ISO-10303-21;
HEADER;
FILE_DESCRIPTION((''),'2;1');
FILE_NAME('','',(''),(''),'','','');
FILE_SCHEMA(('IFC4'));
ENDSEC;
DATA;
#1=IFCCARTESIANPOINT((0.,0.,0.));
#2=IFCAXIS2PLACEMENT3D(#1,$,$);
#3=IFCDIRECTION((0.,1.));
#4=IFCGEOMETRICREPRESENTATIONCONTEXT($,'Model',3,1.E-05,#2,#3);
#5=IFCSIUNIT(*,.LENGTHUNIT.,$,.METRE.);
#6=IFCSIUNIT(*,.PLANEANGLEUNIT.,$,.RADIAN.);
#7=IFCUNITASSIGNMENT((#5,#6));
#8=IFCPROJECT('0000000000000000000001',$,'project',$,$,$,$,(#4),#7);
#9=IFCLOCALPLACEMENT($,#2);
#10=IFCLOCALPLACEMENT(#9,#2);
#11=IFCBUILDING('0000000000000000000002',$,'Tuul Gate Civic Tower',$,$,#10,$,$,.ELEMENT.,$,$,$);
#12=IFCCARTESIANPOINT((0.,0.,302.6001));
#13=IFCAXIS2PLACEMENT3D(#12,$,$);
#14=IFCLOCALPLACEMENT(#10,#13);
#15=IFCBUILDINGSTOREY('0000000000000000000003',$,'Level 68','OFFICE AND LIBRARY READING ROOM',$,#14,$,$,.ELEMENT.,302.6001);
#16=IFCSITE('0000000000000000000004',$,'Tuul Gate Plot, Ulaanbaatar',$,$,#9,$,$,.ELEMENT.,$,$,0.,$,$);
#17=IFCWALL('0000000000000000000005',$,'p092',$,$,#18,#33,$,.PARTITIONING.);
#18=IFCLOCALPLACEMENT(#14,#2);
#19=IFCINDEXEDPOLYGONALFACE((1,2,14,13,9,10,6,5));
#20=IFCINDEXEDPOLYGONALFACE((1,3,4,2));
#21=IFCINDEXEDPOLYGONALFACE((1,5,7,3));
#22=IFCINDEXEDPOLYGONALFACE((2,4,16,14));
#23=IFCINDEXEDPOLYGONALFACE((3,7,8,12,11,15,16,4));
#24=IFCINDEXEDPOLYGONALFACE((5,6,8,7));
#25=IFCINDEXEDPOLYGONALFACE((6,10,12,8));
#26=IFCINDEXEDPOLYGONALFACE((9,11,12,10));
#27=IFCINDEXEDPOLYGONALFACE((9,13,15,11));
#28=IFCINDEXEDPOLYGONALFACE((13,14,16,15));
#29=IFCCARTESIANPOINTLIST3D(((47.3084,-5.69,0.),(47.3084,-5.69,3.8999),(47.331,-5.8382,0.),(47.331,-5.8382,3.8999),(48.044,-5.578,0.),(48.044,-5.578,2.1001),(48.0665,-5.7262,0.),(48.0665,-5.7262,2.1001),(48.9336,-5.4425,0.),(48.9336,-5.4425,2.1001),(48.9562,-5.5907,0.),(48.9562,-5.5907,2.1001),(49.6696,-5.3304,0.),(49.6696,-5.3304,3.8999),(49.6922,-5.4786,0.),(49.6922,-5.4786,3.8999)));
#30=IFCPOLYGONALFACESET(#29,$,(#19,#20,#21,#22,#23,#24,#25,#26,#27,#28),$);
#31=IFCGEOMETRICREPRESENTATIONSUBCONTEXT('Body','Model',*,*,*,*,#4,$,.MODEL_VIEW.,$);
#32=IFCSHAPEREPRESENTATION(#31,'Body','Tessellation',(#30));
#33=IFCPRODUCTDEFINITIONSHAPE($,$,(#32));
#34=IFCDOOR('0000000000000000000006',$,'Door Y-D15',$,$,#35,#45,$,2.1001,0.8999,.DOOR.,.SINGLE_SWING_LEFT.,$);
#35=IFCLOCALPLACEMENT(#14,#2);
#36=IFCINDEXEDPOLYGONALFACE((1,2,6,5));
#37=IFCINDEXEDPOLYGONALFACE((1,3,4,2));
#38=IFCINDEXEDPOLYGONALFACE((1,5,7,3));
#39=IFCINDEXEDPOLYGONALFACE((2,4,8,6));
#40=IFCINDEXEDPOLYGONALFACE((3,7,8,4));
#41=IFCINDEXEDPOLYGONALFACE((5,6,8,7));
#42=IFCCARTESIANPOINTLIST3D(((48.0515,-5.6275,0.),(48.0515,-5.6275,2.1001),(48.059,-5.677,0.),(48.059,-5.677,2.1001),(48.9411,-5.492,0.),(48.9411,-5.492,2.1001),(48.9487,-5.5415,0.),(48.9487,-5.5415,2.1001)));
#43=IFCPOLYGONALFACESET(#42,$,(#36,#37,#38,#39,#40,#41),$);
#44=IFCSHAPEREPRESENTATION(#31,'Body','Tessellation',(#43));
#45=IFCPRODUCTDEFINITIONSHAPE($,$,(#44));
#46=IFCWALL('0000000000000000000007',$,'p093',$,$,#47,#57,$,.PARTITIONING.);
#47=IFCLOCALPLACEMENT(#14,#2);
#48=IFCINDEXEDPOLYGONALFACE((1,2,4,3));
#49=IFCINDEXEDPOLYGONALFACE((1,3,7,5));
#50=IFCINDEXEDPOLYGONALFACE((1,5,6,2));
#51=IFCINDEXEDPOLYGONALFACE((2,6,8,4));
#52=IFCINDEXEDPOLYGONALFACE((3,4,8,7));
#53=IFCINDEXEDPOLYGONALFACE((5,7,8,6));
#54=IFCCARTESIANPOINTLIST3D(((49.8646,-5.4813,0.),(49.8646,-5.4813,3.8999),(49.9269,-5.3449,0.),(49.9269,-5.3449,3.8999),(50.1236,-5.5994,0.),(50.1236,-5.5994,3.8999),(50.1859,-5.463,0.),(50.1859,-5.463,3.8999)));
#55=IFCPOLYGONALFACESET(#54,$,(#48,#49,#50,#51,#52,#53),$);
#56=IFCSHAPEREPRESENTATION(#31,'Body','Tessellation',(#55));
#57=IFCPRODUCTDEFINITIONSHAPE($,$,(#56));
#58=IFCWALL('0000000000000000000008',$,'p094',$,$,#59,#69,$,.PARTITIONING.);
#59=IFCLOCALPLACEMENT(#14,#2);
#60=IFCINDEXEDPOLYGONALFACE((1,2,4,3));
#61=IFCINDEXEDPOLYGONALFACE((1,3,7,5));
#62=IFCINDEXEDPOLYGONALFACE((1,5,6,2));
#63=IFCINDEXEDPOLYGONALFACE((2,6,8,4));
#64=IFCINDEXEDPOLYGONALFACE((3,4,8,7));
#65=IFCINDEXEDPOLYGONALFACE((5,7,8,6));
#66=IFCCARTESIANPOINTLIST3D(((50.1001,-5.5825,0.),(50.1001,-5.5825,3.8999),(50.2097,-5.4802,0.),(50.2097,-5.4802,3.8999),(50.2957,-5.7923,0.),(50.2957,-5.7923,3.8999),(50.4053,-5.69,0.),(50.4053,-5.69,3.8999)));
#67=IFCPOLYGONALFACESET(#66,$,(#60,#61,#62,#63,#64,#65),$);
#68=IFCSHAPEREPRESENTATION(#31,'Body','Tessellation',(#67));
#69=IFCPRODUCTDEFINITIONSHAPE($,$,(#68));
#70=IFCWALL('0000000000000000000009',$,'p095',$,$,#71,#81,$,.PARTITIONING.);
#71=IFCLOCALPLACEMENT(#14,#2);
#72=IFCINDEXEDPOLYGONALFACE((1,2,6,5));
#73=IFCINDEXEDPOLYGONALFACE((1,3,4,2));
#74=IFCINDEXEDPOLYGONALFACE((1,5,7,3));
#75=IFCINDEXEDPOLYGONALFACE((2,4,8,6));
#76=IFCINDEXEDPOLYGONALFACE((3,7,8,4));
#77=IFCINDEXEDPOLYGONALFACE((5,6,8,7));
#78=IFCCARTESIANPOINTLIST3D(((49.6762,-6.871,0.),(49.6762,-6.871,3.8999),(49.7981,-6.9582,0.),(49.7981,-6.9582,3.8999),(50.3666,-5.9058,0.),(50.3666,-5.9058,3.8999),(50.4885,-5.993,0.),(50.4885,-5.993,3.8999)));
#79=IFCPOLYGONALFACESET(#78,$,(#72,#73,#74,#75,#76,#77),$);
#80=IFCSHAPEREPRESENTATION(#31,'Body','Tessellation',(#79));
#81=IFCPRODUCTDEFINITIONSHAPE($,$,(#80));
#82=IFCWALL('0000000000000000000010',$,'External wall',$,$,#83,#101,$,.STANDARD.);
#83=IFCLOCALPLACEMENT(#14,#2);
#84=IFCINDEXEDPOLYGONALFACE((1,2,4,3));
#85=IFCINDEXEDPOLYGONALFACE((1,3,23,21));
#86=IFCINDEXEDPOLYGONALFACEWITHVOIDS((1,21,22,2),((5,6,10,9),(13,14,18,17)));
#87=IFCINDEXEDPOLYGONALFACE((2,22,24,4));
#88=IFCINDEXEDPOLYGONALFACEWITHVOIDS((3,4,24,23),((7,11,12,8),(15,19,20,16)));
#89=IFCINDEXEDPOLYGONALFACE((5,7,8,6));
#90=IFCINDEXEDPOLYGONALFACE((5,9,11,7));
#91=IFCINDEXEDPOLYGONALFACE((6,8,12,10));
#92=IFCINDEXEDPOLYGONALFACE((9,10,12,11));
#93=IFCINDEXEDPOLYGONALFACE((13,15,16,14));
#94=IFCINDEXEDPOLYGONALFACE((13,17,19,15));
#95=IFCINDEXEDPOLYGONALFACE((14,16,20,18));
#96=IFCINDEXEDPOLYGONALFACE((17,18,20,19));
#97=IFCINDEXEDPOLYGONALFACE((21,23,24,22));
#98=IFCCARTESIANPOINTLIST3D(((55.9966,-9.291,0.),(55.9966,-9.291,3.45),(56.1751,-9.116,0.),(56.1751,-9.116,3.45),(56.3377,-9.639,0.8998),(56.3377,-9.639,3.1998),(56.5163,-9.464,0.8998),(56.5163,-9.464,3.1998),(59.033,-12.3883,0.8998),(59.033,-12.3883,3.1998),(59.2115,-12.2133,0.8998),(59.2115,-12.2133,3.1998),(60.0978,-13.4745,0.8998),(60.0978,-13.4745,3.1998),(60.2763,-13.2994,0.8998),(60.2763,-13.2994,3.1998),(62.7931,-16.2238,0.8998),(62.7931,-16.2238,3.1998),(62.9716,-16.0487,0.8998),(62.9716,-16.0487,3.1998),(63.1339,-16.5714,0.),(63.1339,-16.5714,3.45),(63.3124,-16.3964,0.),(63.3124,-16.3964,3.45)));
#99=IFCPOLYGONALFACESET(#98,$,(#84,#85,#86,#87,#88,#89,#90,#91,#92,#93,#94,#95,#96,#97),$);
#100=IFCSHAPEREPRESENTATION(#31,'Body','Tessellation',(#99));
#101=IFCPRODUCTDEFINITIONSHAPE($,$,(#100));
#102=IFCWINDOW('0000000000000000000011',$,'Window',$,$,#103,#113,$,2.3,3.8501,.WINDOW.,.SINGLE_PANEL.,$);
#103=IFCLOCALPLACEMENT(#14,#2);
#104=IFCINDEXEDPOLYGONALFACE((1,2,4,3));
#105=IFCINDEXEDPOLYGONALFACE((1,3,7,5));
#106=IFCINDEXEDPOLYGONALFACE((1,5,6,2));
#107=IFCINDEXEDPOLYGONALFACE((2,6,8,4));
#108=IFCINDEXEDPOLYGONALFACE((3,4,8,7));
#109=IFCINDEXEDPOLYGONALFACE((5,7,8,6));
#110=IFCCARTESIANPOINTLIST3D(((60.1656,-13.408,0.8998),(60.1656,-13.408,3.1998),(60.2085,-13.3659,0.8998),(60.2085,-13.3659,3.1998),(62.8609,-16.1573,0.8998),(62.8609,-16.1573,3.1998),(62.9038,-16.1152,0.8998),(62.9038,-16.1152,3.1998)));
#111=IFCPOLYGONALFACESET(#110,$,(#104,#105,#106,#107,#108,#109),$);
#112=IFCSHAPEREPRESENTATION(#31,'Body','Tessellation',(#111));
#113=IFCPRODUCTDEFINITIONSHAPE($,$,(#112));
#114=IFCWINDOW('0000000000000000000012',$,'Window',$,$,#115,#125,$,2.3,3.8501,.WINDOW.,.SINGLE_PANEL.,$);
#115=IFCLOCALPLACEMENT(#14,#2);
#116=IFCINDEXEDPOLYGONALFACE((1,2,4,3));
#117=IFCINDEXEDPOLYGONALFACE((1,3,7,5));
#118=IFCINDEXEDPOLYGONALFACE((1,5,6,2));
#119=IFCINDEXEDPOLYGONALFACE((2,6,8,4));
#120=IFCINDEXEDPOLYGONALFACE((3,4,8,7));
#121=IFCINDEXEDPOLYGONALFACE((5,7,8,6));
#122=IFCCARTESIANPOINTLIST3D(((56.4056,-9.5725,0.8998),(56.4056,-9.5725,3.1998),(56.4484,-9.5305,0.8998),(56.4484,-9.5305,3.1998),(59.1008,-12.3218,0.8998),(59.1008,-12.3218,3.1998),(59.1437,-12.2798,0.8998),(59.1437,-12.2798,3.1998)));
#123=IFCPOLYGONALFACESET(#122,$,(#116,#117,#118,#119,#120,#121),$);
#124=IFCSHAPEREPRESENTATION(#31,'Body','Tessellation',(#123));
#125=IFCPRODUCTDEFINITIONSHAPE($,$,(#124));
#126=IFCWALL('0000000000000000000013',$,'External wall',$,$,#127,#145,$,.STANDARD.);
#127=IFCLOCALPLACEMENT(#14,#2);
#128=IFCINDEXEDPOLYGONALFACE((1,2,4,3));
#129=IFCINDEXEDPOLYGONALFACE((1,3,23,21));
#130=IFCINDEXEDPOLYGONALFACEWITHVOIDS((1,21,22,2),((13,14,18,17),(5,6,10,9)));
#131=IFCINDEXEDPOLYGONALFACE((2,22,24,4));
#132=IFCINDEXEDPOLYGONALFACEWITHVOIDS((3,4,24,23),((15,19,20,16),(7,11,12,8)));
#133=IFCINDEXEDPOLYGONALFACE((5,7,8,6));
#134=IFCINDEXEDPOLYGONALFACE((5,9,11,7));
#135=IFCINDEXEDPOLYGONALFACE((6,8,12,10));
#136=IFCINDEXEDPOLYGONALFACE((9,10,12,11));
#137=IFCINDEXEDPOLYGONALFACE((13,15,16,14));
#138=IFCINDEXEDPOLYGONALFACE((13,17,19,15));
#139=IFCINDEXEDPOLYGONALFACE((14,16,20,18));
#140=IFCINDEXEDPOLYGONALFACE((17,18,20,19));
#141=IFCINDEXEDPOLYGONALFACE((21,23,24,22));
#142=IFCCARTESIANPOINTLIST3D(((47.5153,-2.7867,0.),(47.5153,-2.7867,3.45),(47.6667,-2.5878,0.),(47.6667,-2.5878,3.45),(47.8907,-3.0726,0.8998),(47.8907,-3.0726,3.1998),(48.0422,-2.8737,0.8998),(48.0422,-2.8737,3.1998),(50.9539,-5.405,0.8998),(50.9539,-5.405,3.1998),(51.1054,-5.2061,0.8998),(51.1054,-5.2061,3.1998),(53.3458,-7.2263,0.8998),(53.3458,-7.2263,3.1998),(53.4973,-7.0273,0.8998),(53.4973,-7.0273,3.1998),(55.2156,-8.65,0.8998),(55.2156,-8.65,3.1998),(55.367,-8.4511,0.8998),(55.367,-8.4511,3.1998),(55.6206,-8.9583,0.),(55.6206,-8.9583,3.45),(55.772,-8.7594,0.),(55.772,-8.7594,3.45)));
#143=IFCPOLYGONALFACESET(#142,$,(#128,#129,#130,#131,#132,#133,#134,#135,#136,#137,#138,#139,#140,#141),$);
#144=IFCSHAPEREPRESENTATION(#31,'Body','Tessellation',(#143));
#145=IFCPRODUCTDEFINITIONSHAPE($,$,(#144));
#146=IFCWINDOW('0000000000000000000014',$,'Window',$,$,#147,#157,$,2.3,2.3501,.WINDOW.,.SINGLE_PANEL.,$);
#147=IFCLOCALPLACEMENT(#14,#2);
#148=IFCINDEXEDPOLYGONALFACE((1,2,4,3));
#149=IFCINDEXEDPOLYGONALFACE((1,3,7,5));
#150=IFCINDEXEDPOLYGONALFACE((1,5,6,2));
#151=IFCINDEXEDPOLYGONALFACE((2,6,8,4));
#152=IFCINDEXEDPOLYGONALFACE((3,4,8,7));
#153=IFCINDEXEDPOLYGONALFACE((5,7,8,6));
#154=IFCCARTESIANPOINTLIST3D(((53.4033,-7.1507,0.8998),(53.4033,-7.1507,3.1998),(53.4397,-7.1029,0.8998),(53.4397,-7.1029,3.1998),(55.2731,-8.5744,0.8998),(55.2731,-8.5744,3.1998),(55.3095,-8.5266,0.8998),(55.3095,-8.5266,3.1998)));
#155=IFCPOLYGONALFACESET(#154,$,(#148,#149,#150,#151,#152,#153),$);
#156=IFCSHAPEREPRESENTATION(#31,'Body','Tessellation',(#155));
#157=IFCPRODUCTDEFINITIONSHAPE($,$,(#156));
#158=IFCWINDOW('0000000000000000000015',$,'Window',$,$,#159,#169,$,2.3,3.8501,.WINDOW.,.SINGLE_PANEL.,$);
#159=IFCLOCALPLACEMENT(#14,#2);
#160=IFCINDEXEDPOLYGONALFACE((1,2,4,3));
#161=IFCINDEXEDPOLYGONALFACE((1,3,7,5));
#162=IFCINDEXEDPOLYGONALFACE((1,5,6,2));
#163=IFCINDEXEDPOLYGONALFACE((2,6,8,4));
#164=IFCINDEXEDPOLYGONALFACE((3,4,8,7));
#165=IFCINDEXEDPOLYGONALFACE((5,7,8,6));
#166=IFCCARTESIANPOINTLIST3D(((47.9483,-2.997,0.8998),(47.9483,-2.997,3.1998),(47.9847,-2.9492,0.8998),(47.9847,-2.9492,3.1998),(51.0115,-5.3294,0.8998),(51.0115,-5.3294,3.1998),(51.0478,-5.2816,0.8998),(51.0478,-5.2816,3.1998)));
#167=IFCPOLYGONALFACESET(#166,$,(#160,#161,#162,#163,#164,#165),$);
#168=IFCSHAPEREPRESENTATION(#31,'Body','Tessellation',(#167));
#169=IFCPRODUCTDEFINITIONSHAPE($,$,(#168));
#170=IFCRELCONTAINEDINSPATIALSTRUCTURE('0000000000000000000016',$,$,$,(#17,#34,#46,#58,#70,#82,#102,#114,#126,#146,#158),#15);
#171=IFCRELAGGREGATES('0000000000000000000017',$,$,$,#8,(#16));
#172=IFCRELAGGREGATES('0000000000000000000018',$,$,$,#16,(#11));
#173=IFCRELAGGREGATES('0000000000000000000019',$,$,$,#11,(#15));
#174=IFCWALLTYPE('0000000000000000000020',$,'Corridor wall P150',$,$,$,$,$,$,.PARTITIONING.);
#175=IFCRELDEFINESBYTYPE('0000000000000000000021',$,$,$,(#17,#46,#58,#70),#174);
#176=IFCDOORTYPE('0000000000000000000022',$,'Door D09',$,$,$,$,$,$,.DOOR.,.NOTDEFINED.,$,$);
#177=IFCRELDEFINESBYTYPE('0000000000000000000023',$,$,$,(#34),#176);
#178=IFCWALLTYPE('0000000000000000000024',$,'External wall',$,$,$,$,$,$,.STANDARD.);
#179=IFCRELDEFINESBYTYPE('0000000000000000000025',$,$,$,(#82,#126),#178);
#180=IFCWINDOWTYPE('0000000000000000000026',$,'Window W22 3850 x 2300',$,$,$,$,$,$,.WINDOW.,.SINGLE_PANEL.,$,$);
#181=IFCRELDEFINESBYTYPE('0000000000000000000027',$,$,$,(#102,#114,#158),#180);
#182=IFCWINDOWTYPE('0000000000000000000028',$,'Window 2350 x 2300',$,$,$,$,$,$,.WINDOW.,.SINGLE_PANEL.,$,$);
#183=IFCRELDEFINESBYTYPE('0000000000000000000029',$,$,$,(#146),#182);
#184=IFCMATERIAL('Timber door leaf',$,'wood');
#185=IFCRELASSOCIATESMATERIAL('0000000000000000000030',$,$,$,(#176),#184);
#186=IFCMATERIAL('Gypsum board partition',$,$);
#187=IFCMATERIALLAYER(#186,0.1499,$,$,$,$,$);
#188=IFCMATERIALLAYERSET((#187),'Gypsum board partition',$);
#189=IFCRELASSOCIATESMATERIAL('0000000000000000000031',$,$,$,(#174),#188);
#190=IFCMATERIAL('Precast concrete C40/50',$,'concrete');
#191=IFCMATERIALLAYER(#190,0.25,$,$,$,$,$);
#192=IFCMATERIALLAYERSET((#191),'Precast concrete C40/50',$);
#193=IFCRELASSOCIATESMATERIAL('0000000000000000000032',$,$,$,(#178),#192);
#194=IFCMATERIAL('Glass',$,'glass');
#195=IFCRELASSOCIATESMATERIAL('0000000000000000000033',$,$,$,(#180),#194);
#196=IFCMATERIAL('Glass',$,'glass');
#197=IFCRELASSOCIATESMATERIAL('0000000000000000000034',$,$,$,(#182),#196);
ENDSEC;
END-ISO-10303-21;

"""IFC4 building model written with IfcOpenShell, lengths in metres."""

from ifc_helpers import new_model, si_unit, direction, frame, frame_2d, origin, place, context, subcontext, project, spatial, rectangle, extrude, material, layer, layer_set, type_object, element, fill, save


model = new_model("IFC4")

# Units and contexts
model_context = context("Model", 3, precision=1e-05, world=origin(), true_north=direction((0.0, 1.0)))
body_context = subcontext(model_context, "Body", "Model", "MODEL_VIEW")
ifc_project = project(units=[si_unit("LENGTHUNIT", "METRE"), si_unit("PLANEANGLEUNIT", "RADIAN")], contexts=[model_context])

# Site, building, storey
site_placement = place(None, origin())
site = spatial("IfcSite", under=ifc_project, at=site_placement, Name="Tuul Gate Plot, Ulaanbaatar", CompositionType="ELEMENT", RefElevation=0.0)
building_placement = place(site_placement, origin())
building = spatial("IfcBuilding", under=site, at=building_placement, Name="Tuul Gate Civic Tower", CompositionType="ELEMENT")
storey_placement = place(building_placement, frame((0.0, 0.0, 302.6001)))
storey = spatial("IfcBuildingStorey", under=building, at=storey_placement, Name="Level 68", Description="OFFICE AND LIBRARY READING ROOM", CompositionType="ELEMENT", Elevation=302.6001)

# Shared definitions
ifc_material_1 = material(Name="Timber door leaf", Category="wood")
door_type_1 = type_object("IfcDoorType", Name="Door D09", OperationType="NOTDEFINED", PredefinedType="DOOR", material=ifc_material_1)

# Shared definitions
ifc_material_2 = material(Name="Gypsum board partition")
ifc_layer_1 = layer(ifc_material_2, 0.1499)
ifc_layer_set_1 = layer_set([ifc_layer_1], Name="Gypsum board partition")
wall_type_1 = type_object("IfcWallType", Name="Corridor wall P150", PredefinedType="PARTITIONING", material=ifc_layer_set_1)

# Wall, opening, door
wall_1_placement = place(storey_placement, frame((47.3196, -5.7642, 0.0), z_axis=(0.0, 0.0, 1.0), x_axis=(0.988599, 0.150574, 0.0)))
wall_1 = element("IfcWall", 1, at=wall_1_placement, inside=storey, type_object=wall_type_1, Name="p092", PredefinedType="PARTITIONING", context=body_context, shape_type="SweptSolid", body=[
    extrude(rectangle(XDim=2.3884, YDim=0.1499, at=frame_2d((1.1943, 0.0))), origin(), (0.0, 0.0, 1.0), 3.8999),
])
opening_1_placement = place(wall_1_placement, frame((0.7441, 0.0, 0.0)))
opening_1 = element("IfcOpeningElement", 2, at=opening_1_placement, cuts=wall_1, PredefinedType="OPENING", context=body_context, shape_type="SweptSolid", body=[
    extrude(rectangle(XDim=0.8999, YDim=2.1001, at=frame_2d((0.45, 1.05))), frame((0.0, 0.085, 0.0), z_axis=(0.0, -1.0, 0.0), x_axis=(1.0, 0.0, 0.0)), (0.0, 0.0, 1.0), 0.1699),
])
door_1_placement = place(opening_1_placement, origin())
door_1 = element("IfcDoor", 3, at=door_1_placement, inside=storey, type_object=door_type_1, Name="Door Y-D15", OperationType="SINGLE_SWING_LEFT", OverallHeight=2.1001, OverallWidth=0.8999, PredefinedType="DOOR", context=body_context, shape_type="SweptSolid", body=[
    extrude(rectangle(XDim=0.8999, YDim=2.1001, at=frame_2d((0.45, 1.05))), frame((0.0, 0.0249, 0.0), z_axis=(0.0, -1.0, 0.0), x_axis=(1.0, 0.0, 0.0)), (0.0, 0.0, 1.0), 0.05),
])
fill(opening_1, door_1)

# Walls
wall_2_placement = place(storey_placement, frame((49.8958, -5.4131, 0.0), z_axis=(0.0, 0.0, 1.0), x_axis=(0.909808, -0.41503, 0.0)))
element("IfcWall", 4, at=wall_2_placement, inside=storey, type_object=wall_type_1, Name="p093", PredefinedType="PARTITIONING", context=body_context, shape_type="SweptSolid", body=[
    extrude(rectangle(XDim=0.2847, YDim=0.1499, at=frame_2d((0.1423, 0.0))), origin(), (0.0, 0.0, 1.0), 3.8999),
])
wall_3_placement = place(storey_placement, frame((50.1548, -5.5312, 0.0), z_axis=(0.0, 0.0, 1.0), x_axis=(0.681984, -0.731367, 0.0)))
element("IfcWall", 5, at=wall_3_placement, inside=storey, type_object=wall_type_1, Name="p094", PredefinedType="PARTITIONING", context=body_context, shape_type="SweptSolid", body=[
    extrude(rectangle(XDim=0.2869, YDim=0.1499, at=frame_2d((0.1436, 0.0))), origin(), (0.0, 0.0, 1.0), 3.8999),
])
wall_4_placement = place(storey_placement, frame((50.4275, -5.9495, 0.0), z_axis=(0.0, 0.0, 1.0), x_axis=(-0.581744, -0.813372, 0.0)))
element("IfcWall", 6, at=wall_4_placement, inside=storey, type_object=wall_type_1, Name="p095", PredefinedType="PARTITIONING", context=body_context, shape_type="SweptSolid", body=[
    extrude(rectangle(XDim=1.1868, YDim=0.1499, at=frame_2d((0.5933, 0.0))), origin(), (0.0, 0.0, 1.0), 3.8999),
])

# Walls, openings, windows
ifc_material_3 = material(Name="Precast concrete C40/50", Category="concrete")
ifc_layer_2 = layer(ifc_material_3, 0.25)
ifc_layer_set_2 = layer_set([ifc_layer_2], Name="Precast concrete C40/50")
wall_type_2 = type_object("IfcWallType", Name="External wall", PredefinedType="STANDARD", material=ifc_layer_set_2)
wall_5_placement = place(storey_placement, frame((63.2231, -16.4839, 0.0), z_axis=(0.0, 0.0, 1.0), x_axis=(-0.700056, 0.714088, 0.0)))
wall_5 = element("IfcWall", 7, at=wall_5_placement, inside=storey, type_object=wall_type_2, Name="External wall", PredefinedType="STANDARD", context=body_context, shape_type="SweptSolid", body=[
    extrude(rectangle(XDim=10.1953, YDim=0.25, at=frame_2d((5.0977, 0.0))), origin(), (0.0, 0.0, 1.0), 3.45),
])
opening_2_placement = place(wall_5_placement, frame((0.4868, 0.0, 0.8999)))
opening_2 = element("IfcOpeningElement", 8, at=opening_2_placement, cuts=wall_5, PredefinedType="OPENING", context=body_context, shape_type="SweptSolid", body=[
    extrude(rectangle(XDim=3.8501, YDim=2.3, at=frame_2d((1.925, 1.1499))), frame((0.0, 0.135, 0.0), z_axis=(0.0, -1.0, 0.0), x_axis=(1.0, 0.0, 0.0)), (0.0, 0.0, 1.0), 0.27),
])
opening_3_placement = place(wall_5_placement, frame((5.8579, 0.0, 0.8999)))
opening_3 = element("IfcOpeningElement", 9, at=opening_3_placement, cuts=wall_5, PredefinedType="OPENING", context=body_context, shape_type="SweptSolid", body=[
    extrude(rectangle(XDim=3.8501, YDim=2.3, at=frame_2d((1.925, 1.1499))), frame((0.0, 0.135, 0.0), z_axis=(0.0, -1.0, 0.0), x_axis=(1.0, 0.0, 0.0)), (0.0, 0.0, 1.0), 0.27),
])
ifc_material_4 = material(Name="Glass", Category="glass")
window_type_1 = type_object("IfcWindowType", Name="Window W22 3850 x 2300", PartitioningType="SINGLE_PANEL", PredefinedType="WINDOW", material=ifc_material_4)
window_1_placement = place(opening_2_placement, origin())
window_1 = element("IfcWindow", 10, at=window_1_placement, inside=storey, type_object=window_type_1, Name="Window", OverallHeight=2.3, OverallWidth=3.8501, PartitioningType="SINGLE_PANEL", PredefinedType="WINDOW", context=body_context, shape_type="SweptSolid", body=[
    extrude(rectangle(XDim=3.8501, YDim=2.3, at=frame_2d((1.925, 1.1499))), frame((0.0, 0.03, 0.0), z_axis=(0.0, -1.0, 0.0), x_axis=(1.0, 0.0, 0.0)), (0.0, 0.0, 1.0), 0.0601),
])
fill(opening_2, window_1)
window_2_placement = place(opening_3_placement, origin())
window_2 = element("IfcWindow", 11, at=window_2_placement, inside=storey, type_object=window_type_1, Name="Window", OverallHeight=2.3, OverallWidth=3.8501, PartitioningType="SINGLE_PANEL", PredefinedType="WINDOW", context=body_context, shape_type="SweptSolid", body=[
    extrude(rectangle(XDim=3.8501, YDim=2.3, at=frame_2d((1.925, 1.1499))), frame((0.0, 0.03, 0.0), z_axis=(0.0, -1.0, 0.0), x_axis=(1.0, 0.0, 0.0)), (0.0, 0.0, 1.0), 0.0601),
])
fill(opening_3, window_2)
wall_6_placement = place(storey_placement, frame((55.6963, -8.8589, 0.0), z_axis=(0.0, 0.0, 1.0), x_axis=(-0.79561, 0.605809, 0.0)))
wall_6 = element("IfcWall", 12, at=wall_6_placement, inside=storey, type_object=wall_type_2, Name="External wall", PredefinedType="STANDARD", context=body_context, shape_type="SweptSolid", body=[
    extrude(rectangle(XDim=10.1875, YDim=0.25, at=frame_2d((5.0938, 0.0))), origin(), (0.0, 0.0, 1.0), 3.45),
])
opening_4_placement = place(wall_6_placement, frame((5.8655, 0.0, 0.8999)))
opening_4 = element("IfcOpeningElement", 13, at=opening_4_placement, cuts=wall_6, PredefinedType="OPENING", context=body_context, shape_type="SweptSolid", body=[
    extrude(rectangle(XDim=3.8501, YDim=2.3, at=frame_2d((1.925, 1.1499))), frame((0.0, 0.135, 0.0), z_axis=(0.0, -1.0, 0.0), x_axis=(1.0, 0.0, 0.0)), (0.0, 0.0, 1.0), 0.27),
])
opening_5_placement = place(wall_6_placement, frame((0.509, 0.0, 0.8999)))
opening_5 = element("IfcOpeningElement", 14, at=opening_5_placement, cuts=wall_6, PredefinedType="OPENING", context=body_context, shape_type="SweptSolid", body=[
    extrude(rectangle(XDim=2.3501, YDim=2.3, at=frame_2d((1.175, 1.1499))), frame((0.0, 0.135, 0.0), z_axis=(0.0, -1.0, 0.0), x_axis=(1.0, 0.0, 0.0)), (0.0, 0.0, 1.0), 0.27),
])
ifc_material_5 = material(Name="Glass", Category="glass")
window_type_2 = type_object("IfcWindowType", Name="Window 2350 x 2300", PartitioningType="SINGLE_PANEL", PredefinedType="WINDOW", material=ifc_material_5)
window_3_placement = place(opening_5_placement, origin())
window_3 = element("IfcWindow", 15, at=window_3_placement, inside=storey, type_object=window_type_2, Name="Window", OverallHeight=2.3, OverallWidth=2.3501, PartitioningType="SINGLE_PANEL", PredefinedType="WINDOW", context=body_context, shape_type="SweptSolid", body=[
    extrude(rectangle(XDim=2.3501, YDim=2.3, at=frame_2d((1.175, 1.1499))), frame((0.0, 0.03, 0.0), z_axis=(0.0, -1.0, 0.0), x_axis=(1.0, 0.0, 0.0)), (0.0, 0.0, 1.0), 0.0601),
])
fill(opening_5, window_3)
window_4_placement = place(opening_4_placement, origin())
window_4 = element("IfcWindow", 16, at=window_4_placement, inside=storey, type_object=window_type_1, Name="Window", OverallHeight=2.3, OverallWidth=3.8501, PartitioningType="SINGLE_PANEL", PredefinedType="WINDOW", context=body_context, shape_type="SweptSolid", body=[
    extrude(rectangle(XDim=3.8501, YDim=2.3, at=frame_2d((1.925, 1.1499))), frame((0.0, 0.03, 0.0), z_axis=(0.0, -1.0, 0.0), x_axis=(1.0, 0.0, 0.0)), (0.0, 0.0, 1.0), 0.0601),
])
fill(opening_4, window_4)

save(model, "model.ifc")
